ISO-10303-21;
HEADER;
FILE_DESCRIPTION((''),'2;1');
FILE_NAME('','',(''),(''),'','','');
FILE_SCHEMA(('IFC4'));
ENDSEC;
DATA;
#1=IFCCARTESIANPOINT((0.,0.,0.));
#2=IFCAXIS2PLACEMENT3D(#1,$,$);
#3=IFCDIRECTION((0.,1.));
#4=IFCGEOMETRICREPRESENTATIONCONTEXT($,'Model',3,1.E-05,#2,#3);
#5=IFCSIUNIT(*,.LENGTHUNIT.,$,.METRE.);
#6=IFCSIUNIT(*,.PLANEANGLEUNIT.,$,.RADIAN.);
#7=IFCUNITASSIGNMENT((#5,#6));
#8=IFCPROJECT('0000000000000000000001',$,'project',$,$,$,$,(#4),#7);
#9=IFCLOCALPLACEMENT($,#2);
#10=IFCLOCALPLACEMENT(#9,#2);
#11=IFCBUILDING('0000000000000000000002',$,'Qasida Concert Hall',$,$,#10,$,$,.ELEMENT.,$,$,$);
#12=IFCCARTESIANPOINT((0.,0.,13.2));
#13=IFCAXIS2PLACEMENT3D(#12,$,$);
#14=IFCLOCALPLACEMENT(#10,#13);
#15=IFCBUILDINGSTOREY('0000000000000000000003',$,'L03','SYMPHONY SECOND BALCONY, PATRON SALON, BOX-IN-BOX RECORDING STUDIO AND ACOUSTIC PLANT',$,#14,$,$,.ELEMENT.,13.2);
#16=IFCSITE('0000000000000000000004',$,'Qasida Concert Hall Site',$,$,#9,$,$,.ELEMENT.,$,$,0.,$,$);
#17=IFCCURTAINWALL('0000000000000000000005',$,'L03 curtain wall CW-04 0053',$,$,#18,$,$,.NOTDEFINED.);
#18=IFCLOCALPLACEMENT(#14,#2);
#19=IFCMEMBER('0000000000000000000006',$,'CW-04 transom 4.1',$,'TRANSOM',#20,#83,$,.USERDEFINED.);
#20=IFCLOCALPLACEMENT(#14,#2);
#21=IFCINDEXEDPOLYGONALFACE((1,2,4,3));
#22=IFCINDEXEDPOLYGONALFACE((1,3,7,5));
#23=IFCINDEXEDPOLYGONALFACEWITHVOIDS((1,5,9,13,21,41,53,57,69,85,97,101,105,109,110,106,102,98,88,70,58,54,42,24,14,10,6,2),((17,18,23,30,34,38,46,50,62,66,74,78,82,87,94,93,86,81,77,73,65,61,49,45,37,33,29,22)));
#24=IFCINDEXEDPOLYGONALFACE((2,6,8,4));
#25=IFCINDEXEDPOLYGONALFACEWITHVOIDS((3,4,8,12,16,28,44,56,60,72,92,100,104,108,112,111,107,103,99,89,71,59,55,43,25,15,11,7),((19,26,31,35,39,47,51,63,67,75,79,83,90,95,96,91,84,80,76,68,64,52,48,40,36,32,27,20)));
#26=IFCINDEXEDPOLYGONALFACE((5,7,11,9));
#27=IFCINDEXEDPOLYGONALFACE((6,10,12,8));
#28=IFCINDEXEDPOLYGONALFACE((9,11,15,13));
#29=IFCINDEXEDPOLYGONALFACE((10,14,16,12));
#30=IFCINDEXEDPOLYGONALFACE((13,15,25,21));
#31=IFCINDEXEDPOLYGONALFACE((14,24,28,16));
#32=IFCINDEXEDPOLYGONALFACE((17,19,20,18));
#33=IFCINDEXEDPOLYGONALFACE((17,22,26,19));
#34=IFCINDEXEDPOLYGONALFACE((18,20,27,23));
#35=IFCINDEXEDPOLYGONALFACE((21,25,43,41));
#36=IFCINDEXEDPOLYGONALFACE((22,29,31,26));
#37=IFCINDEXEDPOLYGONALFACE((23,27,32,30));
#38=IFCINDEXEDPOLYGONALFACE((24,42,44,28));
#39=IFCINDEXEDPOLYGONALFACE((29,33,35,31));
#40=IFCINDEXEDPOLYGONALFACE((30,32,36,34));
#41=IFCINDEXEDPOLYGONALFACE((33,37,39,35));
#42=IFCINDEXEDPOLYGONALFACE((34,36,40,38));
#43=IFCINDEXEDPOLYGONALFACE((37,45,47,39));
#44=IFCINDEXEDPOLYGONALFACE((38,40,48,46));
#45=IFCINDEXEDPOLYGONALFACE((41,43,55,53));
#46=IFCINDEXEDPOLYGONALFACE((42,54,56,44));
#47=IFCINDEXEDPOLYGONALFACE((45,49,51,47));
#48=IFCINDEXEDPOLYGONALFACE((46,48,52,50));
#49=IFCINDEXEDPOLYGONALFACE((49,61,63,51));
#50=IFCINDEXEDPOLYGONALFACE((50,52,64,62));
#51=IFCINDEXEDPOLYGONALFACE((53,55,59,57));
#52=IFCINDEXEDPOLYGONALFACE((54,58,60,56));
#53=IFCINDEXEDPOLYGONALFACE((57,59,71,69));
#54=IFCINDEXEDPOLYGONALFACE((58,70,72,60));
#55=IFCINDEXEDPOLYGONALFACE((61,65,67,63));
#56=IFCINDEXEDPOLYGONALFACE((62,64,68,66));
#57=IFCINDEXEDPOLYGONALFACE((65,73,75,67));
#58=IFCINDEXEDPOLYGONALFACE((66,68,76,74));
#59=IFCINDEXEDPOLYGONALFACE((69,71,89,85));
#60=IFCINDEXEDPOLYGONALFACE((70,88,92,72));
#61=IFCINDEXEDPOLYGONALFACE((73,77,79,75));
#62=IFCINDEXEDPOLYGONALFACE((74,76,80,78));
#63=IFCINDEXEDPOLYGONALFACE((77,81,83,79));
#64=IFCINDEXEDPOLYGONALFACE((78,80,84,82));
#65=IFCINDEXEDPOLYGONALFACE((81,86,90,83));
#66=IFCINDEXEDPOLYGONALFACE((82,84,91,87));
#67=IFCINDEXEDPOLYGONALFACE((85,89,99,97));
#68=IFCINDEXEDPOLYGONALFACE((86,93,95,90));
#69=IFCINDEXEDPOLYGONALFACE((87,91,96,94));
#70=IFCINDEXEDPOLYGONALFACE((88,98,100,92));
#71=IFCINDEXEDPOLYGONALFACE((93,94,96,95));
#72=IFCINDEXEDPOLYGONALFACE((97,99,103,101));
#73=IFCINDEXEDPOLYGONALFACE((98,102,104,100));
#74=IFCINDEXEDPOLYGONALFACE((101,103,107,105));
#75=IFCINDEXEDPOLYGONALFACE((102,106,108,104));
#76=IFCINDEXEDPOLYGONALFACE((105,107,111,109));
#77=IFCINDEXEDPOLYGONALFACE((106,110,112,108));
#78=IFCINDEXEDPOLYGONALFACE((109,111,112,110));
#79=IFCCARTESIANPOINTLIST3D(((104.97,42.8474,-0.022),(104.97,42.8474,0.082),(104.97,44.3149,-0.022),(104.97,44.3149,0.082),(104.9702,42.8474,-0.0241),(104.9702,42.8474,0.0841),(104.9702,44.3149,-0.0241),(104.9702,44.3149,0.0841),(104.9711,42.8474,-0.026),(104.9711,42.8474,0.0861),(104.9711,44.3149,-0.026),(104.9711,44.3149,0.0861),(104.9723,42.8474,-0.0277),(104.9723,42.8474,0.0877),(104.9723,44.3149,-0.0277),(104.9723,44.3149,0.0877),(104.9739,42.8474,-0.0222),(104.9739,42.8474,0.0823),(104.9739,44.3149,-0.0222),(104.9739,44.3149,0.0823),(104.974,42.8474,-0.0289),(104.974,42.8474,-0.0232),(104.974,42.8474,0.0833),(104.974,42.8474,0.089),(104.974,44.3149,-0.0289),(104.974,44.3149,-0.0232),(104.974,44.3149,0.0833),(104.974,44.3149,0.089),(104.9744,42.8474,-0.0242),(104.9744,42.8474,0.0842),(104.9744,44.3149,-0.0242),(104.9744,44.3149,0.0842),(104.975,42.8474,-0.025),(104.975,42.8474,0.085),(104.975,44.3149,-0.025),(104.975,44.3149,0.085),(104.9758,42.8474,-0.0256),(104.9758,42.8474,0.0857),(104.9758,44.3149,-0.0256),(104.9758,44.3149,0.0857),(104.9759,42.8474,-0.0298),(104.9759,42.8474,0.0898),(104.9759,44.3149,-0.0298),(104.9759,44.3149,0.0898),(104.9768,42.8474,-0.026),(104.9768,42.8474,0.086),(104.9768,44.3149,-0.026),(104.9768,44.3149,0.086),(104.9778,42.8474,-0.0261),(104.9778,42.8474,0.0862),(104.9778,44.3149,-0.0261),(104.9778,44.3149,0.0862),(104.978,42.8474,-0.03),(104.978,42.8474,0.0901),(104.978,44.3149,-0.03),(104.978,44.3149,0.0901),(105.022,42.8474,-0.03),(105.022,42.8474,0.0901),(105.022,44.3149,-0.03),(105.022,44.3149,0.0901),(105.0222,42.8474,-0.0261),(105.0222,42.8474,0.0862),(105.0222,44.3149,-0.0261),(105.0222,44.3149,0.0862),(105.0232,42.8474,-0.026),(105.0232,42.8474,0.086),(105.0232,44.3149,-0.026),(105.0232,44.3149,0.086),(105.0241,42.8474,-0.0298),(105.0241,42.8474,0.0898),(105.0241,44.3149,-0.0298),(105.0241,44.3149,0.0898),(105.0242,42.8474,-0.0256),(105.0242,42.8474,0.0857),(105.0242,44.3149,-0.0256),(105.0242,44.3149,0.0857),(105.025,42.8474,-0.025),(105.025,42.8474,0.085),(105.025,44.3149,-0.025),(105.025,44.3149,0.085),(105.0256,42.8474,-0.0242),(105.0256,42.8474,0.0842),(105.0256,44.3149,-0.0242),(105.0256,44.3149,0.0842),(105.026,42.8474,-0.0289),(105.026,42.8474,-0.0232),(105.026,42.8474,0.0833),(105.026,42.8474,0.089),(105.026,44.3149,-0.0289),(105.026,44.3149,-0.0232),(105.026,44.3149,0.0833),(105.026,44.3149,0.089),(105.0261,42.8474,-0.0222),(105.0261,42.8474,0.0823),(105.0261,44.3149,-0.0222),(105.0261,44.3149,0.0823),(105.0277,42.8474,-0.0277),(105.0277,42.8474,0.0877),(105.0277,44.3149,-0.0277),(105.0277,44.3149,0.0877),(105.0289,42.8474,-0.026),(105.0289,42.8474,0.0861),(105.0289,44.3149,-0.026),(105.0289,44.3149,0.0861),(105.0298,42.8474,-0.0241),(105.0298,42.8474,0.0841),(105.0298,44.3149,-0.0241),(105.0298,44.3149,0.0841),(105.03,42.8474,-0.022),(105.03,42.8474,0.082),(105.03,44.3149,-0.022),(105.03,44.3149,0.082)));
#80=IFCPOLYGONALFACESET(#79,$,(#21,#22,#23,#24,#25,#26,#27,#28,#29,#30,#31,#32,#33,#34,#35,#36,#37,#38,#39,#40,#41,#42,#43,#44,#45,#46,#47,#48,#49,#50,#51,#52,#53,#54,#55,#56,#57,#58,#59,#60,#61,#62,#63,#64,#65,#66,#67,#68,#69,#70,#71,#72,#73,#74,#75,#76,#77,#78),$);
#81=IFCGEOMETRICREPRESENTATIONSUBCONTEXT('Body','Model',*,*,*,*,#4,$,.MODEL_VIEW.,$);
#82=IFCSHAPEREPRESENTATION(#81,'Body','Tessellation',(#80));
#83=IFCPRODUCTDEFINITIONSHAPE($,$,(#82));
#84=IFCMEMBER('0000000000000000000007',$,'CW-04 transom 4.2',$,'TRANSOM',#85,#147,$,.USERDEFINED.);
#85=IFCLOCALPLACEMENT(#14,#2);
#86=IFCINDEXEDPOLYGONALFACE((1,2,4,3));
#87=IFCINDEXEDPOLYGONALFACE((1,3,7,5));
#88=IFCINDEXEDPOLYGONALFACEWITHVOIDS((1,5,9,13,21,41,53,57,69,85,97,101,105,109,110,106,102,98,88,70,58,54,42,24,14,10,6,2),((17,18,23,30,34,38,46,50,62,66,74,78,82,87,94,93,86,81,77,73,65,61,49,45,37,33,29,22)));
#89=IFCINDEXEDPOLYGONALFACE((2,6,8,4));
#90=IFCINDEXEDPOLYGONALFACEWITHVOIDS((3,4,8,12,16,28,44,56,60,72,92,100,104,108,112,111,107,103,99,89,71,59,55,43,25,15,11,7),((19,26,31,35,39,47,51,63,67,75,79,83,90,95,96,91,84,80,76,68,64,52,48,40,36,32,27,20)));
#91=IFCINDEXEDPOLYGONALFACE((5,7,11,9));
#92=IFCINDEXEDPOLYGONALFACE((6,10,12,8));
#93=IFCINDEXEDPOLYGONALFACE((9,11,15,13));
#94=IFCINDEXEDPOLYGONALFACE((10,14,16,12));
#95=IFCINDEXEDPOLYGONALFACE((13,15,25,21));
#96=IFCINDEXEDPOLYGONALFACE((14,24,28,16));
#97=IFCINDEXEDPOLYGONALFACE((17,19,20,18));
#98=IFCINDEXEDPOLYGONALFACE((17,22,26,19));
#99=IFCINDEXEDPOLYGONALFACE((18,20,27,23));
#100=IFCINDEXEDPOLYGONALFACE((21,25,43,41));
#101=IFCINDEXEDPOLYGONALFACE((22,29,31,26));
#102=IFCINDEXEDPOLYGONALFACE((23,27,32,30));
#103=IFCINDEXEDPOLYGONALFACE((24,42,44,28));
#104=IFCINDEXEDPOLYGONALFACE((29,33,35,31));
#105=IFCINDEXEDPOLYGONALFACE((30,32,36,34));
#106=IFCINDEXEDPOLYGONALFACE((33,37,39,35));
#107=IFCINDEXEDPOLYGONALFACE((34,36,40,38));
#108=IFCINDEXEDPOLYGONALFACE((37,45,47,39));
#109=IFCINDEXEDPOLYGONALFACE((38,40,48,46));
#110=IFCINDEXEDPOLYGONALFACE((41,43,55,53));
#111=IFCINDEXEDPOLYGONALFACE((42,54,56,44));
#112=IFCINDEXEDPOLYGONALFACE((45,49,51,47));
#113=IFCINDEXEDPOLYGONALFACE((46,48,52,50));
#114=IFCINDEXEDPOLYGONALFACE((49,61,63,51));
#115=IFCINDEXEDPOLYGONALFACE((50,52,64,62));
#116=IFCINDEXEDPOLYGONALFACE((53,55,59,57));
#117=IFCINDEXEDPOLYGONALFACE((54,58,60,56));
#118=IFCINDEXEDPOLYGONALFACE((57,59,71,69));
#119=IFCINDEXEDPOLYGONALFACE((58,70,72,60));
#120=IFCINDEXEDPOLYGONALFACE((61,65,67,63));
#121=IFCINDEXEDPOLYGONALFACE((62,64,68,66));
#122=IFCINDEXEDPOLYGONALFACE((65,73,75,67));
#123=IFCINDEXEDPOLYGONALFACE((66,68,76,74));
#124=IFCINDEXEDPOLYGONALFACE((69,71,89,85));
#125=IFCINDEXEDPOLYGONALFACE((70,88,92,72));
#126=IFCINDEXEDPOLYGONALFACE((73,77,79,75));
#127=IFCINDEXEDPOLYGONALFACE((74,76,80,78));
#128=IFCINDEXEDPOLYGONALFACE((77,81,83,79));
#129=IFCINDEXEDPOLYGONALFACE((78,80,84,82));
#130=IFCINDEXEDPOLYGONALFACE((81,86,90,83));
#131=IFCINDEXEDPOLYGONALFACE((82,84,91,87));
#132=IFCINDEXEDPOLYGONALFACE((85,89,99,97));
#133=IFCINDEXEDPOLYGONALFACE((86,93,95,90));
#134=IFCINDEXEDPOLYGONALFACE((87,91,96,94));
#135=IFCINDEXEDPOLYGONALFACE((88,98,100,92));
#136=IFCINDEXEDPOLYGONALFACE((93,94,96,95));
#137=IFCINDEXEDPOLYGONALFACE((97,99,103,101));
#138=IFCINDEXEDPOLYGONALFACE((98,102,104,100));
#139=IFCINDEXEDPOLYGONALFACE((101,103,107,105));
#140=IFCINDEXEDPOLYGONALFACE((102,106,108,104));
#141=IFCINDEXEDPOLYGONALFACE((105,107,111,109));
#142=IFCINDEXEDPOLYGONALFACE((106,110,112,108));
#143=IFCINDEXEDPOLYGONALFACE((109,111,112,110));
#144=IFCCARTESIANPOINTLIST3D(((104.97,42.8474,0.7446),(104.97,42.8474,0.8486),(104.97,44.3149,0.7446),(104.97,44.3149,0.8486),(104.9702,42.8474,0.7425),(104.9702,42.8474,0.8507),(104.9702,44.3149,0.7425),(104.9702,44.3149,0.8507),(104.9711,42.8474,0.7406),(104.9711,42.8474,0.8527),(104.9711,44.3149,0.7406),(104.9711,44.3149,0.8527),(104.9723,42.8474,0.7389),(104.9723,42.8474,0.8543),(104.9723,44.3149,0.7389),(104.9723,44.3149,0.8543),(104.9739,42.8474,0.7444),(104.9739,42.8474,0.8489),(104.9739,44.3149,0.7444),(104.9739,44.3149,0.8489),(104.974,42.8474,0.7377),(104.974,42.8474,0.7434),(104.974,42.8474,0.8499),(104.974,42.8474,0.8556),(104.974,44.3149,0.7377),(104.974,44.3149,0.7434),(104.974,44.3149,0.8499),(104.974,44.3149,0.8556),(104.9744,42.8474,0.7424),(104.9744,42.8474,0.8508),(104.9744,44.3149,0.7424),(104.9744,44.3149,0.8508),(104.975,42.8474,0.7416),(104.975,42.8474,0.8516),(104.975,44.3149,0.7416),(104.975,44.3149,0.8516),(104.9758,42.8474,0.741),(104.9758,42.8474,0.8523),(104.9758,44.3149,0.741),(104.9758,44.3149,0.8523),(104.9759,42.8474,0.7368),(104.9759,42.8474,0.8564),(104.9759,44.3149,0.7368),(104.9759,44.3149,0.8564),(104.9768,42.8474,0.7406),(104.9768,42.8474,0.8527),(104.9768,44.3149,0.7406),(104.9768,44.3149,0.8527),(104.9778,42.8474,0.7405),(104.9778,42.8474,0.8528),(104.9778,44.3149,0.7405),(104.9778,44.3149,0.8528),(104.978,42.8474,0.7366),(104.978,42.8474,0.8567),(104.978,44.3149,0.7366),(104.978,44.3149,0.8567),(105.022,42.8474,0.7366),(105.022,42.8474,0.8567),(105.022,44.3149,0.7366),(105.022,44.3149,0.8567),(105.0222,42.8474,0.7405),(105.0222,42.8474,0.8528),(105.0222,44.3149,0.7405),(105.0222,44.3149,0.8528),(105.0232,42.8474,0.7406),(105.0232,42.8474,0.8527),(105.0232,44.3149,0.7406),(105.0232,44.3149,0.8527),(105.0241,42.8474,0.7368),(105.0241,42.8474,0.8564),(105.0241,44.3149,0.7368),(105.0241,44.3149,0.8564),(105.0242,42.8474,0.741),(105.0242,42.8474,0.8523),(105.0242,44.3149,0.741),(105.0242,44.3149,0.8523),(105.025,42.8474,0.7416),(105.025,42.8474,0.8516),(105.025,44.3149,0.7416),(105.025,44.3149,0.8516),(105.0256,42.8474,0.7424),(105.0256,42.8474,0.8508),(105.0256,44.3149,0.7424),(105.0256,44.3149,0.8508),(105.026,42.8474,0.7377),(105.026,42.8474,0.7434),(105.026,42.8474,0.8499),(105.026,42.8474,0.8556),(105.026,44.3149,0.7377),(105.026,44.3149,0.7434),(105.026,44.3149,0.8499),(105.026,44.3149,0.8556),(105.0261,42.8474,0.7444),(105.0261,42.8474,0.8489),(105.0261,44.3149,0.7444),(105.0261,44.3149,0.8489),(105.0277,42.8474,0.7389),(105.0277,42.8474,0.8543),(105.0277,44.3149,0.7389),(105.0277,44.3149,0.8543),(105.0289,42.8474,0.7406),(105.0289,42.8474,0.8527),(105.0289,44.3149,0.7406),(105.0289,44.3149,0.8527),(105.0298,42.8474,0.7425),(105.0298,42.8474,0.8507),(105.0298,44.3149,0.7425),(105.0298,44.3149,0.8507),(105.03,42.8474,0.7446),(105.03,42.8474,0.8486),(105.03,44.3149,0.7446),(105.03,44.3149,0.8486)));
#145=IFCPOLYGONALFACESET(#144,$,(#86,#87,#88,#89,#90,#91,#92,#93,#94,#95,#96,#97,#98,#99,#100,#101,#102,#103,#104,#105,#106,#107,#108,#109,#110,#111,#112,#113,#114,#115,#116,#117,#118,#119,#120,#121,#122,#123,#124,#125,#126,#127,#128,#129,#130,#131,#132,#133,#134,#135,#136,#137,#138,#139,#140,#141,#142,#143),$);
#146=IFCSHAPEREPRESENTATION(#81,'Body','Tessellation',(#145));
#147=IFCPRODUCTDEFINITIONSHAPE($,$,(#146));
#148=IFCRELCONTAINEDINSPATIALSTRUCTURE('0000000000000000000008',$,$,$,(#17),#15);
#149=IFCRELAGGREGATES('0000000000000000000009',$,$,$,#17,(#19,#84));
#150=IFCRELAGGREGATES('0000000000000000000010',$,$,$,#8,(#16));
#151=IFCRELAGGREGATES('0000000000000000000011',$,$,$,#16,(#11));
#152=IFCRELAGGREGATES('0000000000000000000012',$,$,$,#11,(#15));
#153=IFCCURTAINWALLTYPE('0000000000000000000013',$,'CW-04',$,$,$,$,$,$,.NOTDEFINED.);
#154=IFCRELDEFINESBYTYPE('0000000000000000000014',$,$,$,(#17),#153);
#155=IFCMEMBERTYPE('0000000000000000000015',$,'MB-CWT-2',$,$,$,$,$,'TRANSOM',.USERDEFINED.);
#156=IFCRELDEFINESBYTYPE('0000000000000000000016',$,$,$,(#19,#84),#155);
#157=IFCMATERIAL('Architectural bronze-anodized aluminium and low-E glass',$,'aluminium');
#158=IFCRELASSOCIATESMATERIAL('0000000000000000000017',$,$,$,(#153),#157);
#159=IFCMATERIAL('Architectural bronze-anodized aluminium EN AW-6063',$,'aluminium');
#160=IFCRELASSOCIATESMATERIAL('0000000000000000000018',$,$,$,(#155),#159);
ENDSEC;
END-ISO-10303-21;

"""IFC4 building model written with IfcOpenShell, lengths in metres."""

from ifc_helpers import new_model, si_unit, direction, frame, origin, origin_2d, place, context, subcontext, project, spatial, hollow_rectangle, extrude, material, material_profile, profile_set, type_object, element, aggregate, save


model = new_model("IFC4")

# Units and contexts
model_context = context("Model", 3, precision=1e-05, world=origin(), true_north=direction((0.0, 1.0)))
body_context = subcontext(model_context, "Body", "Model", "MODEL_VIEW")
ifc_project = project(units=[si_unit("LENGTHUNIT", "METRE"), si_unit("PLANEANGLEUNIT", "RADIAN")], contexts=[model_context])

# Site, building, storey
site_placement = place(None, origin())
site = spatial("IfcSite", under=ifc_project, at=site_placement, Name="Qasida Concert Hall Site", CompositionType="ELEMENT", RefElevation=0.0)
building_placement = place(site_placement, origin())
building = spatial("IfcBuilding", under=site, at=building_placement, Name="Qasida Concert Hall", CompositionType="ELEMENT")
storey_placement = place(building_placement, frame((0.0, 0.0, 13.2)))
storey = spatial("IfcBuildingStorey", under=building, at=storey_placement, Name="L03", Description="SYMPHONY SECOND BALCONY, PATRON SALON, BOX-IN-BOX RECORDING STUDIO AND ACOUSTIC PLANT", CompositionType="ELEMENT", Elevation=13.2)

# Curtain wall
ifc_material_1 = material(Name="Architectural bronze-anodized aluminium and low-E glass", Category="aluminium")
curtain_wall_type = type_object("IfcCurtainWallType", Name="CW-04", PredefinedType="NOTDEFINED", material=ifc_material_1)
curtain_wall_1_placement = place(storey_placement, origin())
curtain_wall_1 = element("IfcCurtainWall", 1, at=curtain_wall_1_placement, inside=storey, type_object=curtain_wall_type, Name="L03 curtain wall CW-04 0053", PredefinedType="NOTDEFINED")
ifc_material_2 = material(Name="Architectural bronze-anodized aluminium EN AW-6063", Category="aluminium")

# Members
ifc_material_profile_1 = material_profile(ifc_material_2, hollow_rectangle(XDim=0.0601, YDim=0.1201, WallThickness=0.0039, InnerFilletRadius=0.0039, OuterFilletRadius=0.0081, at=origin_2d()), Name="CWT 120x60x4")
ifc_profile_set_1 = profile_set([ifc_material_profile_1], Name="Architectural bronze-anodized aluminium EN AW-6063")
member_type_1 = type_object("IfcMemberType", Name="MB-CWT-2", ElementType="TRANSOM", PredefinedType="USERDEFINED", material=ifc_profile_set_1)
member_1_placement = place(storey_placement, frame((105.0, 42.8474, 0.03), z_axis=(0.0, 1.0, 0.0), x_axis=(-1.0, 0.0, 0.0)))
member_1 = element("IfcMember", 2, at=member_1_placement, type_object=member_type_1, Name="CW-04 transom 4.1", ObjectType="TRANSOM", PredefinedType="USERDEFINED", context=body_context, shape_type="SweptSolid", body=[
    extrude(hollow_rectangle(XDim=0.0601, YDim=0.1201, WallThickness=0.0039, InnerFilletRadius=0.0039, OuterFilletRadius=0.0081, at=origin_2d()), origin(), (0.0, 0.0, 1.0), 1.4675),
])
member_2_placement = place(storey_placement, frame((105.0, 42.8474, 0.7966), z_axis=(0.0, 1.0, 0.0), x_axis=(-1.0, 0.0, 0.0)))
member_2 = element("IfcMember", 3, at=member_2_placement, type_object=member_type_1, Name="CW-04 transom 4.2", ObjectType="TRANSOM", PredefinedType="USERDEFINED", context=body_context, shape_type="SweptSolid", body=[
    extrude(hollow_rectangle(XDim=0.0601, YDim=0.1201, WallThickness=0.0039, InnerFilletRadius=0.0039, OuterFilletRadius=0.0081, at=origin_2d()), origin(), (0.0, 0.0, 1.0), 1.4675),
])

aggregate(curtain_wall_1, [member_1, member_2])

save(model, "model.ifc")
